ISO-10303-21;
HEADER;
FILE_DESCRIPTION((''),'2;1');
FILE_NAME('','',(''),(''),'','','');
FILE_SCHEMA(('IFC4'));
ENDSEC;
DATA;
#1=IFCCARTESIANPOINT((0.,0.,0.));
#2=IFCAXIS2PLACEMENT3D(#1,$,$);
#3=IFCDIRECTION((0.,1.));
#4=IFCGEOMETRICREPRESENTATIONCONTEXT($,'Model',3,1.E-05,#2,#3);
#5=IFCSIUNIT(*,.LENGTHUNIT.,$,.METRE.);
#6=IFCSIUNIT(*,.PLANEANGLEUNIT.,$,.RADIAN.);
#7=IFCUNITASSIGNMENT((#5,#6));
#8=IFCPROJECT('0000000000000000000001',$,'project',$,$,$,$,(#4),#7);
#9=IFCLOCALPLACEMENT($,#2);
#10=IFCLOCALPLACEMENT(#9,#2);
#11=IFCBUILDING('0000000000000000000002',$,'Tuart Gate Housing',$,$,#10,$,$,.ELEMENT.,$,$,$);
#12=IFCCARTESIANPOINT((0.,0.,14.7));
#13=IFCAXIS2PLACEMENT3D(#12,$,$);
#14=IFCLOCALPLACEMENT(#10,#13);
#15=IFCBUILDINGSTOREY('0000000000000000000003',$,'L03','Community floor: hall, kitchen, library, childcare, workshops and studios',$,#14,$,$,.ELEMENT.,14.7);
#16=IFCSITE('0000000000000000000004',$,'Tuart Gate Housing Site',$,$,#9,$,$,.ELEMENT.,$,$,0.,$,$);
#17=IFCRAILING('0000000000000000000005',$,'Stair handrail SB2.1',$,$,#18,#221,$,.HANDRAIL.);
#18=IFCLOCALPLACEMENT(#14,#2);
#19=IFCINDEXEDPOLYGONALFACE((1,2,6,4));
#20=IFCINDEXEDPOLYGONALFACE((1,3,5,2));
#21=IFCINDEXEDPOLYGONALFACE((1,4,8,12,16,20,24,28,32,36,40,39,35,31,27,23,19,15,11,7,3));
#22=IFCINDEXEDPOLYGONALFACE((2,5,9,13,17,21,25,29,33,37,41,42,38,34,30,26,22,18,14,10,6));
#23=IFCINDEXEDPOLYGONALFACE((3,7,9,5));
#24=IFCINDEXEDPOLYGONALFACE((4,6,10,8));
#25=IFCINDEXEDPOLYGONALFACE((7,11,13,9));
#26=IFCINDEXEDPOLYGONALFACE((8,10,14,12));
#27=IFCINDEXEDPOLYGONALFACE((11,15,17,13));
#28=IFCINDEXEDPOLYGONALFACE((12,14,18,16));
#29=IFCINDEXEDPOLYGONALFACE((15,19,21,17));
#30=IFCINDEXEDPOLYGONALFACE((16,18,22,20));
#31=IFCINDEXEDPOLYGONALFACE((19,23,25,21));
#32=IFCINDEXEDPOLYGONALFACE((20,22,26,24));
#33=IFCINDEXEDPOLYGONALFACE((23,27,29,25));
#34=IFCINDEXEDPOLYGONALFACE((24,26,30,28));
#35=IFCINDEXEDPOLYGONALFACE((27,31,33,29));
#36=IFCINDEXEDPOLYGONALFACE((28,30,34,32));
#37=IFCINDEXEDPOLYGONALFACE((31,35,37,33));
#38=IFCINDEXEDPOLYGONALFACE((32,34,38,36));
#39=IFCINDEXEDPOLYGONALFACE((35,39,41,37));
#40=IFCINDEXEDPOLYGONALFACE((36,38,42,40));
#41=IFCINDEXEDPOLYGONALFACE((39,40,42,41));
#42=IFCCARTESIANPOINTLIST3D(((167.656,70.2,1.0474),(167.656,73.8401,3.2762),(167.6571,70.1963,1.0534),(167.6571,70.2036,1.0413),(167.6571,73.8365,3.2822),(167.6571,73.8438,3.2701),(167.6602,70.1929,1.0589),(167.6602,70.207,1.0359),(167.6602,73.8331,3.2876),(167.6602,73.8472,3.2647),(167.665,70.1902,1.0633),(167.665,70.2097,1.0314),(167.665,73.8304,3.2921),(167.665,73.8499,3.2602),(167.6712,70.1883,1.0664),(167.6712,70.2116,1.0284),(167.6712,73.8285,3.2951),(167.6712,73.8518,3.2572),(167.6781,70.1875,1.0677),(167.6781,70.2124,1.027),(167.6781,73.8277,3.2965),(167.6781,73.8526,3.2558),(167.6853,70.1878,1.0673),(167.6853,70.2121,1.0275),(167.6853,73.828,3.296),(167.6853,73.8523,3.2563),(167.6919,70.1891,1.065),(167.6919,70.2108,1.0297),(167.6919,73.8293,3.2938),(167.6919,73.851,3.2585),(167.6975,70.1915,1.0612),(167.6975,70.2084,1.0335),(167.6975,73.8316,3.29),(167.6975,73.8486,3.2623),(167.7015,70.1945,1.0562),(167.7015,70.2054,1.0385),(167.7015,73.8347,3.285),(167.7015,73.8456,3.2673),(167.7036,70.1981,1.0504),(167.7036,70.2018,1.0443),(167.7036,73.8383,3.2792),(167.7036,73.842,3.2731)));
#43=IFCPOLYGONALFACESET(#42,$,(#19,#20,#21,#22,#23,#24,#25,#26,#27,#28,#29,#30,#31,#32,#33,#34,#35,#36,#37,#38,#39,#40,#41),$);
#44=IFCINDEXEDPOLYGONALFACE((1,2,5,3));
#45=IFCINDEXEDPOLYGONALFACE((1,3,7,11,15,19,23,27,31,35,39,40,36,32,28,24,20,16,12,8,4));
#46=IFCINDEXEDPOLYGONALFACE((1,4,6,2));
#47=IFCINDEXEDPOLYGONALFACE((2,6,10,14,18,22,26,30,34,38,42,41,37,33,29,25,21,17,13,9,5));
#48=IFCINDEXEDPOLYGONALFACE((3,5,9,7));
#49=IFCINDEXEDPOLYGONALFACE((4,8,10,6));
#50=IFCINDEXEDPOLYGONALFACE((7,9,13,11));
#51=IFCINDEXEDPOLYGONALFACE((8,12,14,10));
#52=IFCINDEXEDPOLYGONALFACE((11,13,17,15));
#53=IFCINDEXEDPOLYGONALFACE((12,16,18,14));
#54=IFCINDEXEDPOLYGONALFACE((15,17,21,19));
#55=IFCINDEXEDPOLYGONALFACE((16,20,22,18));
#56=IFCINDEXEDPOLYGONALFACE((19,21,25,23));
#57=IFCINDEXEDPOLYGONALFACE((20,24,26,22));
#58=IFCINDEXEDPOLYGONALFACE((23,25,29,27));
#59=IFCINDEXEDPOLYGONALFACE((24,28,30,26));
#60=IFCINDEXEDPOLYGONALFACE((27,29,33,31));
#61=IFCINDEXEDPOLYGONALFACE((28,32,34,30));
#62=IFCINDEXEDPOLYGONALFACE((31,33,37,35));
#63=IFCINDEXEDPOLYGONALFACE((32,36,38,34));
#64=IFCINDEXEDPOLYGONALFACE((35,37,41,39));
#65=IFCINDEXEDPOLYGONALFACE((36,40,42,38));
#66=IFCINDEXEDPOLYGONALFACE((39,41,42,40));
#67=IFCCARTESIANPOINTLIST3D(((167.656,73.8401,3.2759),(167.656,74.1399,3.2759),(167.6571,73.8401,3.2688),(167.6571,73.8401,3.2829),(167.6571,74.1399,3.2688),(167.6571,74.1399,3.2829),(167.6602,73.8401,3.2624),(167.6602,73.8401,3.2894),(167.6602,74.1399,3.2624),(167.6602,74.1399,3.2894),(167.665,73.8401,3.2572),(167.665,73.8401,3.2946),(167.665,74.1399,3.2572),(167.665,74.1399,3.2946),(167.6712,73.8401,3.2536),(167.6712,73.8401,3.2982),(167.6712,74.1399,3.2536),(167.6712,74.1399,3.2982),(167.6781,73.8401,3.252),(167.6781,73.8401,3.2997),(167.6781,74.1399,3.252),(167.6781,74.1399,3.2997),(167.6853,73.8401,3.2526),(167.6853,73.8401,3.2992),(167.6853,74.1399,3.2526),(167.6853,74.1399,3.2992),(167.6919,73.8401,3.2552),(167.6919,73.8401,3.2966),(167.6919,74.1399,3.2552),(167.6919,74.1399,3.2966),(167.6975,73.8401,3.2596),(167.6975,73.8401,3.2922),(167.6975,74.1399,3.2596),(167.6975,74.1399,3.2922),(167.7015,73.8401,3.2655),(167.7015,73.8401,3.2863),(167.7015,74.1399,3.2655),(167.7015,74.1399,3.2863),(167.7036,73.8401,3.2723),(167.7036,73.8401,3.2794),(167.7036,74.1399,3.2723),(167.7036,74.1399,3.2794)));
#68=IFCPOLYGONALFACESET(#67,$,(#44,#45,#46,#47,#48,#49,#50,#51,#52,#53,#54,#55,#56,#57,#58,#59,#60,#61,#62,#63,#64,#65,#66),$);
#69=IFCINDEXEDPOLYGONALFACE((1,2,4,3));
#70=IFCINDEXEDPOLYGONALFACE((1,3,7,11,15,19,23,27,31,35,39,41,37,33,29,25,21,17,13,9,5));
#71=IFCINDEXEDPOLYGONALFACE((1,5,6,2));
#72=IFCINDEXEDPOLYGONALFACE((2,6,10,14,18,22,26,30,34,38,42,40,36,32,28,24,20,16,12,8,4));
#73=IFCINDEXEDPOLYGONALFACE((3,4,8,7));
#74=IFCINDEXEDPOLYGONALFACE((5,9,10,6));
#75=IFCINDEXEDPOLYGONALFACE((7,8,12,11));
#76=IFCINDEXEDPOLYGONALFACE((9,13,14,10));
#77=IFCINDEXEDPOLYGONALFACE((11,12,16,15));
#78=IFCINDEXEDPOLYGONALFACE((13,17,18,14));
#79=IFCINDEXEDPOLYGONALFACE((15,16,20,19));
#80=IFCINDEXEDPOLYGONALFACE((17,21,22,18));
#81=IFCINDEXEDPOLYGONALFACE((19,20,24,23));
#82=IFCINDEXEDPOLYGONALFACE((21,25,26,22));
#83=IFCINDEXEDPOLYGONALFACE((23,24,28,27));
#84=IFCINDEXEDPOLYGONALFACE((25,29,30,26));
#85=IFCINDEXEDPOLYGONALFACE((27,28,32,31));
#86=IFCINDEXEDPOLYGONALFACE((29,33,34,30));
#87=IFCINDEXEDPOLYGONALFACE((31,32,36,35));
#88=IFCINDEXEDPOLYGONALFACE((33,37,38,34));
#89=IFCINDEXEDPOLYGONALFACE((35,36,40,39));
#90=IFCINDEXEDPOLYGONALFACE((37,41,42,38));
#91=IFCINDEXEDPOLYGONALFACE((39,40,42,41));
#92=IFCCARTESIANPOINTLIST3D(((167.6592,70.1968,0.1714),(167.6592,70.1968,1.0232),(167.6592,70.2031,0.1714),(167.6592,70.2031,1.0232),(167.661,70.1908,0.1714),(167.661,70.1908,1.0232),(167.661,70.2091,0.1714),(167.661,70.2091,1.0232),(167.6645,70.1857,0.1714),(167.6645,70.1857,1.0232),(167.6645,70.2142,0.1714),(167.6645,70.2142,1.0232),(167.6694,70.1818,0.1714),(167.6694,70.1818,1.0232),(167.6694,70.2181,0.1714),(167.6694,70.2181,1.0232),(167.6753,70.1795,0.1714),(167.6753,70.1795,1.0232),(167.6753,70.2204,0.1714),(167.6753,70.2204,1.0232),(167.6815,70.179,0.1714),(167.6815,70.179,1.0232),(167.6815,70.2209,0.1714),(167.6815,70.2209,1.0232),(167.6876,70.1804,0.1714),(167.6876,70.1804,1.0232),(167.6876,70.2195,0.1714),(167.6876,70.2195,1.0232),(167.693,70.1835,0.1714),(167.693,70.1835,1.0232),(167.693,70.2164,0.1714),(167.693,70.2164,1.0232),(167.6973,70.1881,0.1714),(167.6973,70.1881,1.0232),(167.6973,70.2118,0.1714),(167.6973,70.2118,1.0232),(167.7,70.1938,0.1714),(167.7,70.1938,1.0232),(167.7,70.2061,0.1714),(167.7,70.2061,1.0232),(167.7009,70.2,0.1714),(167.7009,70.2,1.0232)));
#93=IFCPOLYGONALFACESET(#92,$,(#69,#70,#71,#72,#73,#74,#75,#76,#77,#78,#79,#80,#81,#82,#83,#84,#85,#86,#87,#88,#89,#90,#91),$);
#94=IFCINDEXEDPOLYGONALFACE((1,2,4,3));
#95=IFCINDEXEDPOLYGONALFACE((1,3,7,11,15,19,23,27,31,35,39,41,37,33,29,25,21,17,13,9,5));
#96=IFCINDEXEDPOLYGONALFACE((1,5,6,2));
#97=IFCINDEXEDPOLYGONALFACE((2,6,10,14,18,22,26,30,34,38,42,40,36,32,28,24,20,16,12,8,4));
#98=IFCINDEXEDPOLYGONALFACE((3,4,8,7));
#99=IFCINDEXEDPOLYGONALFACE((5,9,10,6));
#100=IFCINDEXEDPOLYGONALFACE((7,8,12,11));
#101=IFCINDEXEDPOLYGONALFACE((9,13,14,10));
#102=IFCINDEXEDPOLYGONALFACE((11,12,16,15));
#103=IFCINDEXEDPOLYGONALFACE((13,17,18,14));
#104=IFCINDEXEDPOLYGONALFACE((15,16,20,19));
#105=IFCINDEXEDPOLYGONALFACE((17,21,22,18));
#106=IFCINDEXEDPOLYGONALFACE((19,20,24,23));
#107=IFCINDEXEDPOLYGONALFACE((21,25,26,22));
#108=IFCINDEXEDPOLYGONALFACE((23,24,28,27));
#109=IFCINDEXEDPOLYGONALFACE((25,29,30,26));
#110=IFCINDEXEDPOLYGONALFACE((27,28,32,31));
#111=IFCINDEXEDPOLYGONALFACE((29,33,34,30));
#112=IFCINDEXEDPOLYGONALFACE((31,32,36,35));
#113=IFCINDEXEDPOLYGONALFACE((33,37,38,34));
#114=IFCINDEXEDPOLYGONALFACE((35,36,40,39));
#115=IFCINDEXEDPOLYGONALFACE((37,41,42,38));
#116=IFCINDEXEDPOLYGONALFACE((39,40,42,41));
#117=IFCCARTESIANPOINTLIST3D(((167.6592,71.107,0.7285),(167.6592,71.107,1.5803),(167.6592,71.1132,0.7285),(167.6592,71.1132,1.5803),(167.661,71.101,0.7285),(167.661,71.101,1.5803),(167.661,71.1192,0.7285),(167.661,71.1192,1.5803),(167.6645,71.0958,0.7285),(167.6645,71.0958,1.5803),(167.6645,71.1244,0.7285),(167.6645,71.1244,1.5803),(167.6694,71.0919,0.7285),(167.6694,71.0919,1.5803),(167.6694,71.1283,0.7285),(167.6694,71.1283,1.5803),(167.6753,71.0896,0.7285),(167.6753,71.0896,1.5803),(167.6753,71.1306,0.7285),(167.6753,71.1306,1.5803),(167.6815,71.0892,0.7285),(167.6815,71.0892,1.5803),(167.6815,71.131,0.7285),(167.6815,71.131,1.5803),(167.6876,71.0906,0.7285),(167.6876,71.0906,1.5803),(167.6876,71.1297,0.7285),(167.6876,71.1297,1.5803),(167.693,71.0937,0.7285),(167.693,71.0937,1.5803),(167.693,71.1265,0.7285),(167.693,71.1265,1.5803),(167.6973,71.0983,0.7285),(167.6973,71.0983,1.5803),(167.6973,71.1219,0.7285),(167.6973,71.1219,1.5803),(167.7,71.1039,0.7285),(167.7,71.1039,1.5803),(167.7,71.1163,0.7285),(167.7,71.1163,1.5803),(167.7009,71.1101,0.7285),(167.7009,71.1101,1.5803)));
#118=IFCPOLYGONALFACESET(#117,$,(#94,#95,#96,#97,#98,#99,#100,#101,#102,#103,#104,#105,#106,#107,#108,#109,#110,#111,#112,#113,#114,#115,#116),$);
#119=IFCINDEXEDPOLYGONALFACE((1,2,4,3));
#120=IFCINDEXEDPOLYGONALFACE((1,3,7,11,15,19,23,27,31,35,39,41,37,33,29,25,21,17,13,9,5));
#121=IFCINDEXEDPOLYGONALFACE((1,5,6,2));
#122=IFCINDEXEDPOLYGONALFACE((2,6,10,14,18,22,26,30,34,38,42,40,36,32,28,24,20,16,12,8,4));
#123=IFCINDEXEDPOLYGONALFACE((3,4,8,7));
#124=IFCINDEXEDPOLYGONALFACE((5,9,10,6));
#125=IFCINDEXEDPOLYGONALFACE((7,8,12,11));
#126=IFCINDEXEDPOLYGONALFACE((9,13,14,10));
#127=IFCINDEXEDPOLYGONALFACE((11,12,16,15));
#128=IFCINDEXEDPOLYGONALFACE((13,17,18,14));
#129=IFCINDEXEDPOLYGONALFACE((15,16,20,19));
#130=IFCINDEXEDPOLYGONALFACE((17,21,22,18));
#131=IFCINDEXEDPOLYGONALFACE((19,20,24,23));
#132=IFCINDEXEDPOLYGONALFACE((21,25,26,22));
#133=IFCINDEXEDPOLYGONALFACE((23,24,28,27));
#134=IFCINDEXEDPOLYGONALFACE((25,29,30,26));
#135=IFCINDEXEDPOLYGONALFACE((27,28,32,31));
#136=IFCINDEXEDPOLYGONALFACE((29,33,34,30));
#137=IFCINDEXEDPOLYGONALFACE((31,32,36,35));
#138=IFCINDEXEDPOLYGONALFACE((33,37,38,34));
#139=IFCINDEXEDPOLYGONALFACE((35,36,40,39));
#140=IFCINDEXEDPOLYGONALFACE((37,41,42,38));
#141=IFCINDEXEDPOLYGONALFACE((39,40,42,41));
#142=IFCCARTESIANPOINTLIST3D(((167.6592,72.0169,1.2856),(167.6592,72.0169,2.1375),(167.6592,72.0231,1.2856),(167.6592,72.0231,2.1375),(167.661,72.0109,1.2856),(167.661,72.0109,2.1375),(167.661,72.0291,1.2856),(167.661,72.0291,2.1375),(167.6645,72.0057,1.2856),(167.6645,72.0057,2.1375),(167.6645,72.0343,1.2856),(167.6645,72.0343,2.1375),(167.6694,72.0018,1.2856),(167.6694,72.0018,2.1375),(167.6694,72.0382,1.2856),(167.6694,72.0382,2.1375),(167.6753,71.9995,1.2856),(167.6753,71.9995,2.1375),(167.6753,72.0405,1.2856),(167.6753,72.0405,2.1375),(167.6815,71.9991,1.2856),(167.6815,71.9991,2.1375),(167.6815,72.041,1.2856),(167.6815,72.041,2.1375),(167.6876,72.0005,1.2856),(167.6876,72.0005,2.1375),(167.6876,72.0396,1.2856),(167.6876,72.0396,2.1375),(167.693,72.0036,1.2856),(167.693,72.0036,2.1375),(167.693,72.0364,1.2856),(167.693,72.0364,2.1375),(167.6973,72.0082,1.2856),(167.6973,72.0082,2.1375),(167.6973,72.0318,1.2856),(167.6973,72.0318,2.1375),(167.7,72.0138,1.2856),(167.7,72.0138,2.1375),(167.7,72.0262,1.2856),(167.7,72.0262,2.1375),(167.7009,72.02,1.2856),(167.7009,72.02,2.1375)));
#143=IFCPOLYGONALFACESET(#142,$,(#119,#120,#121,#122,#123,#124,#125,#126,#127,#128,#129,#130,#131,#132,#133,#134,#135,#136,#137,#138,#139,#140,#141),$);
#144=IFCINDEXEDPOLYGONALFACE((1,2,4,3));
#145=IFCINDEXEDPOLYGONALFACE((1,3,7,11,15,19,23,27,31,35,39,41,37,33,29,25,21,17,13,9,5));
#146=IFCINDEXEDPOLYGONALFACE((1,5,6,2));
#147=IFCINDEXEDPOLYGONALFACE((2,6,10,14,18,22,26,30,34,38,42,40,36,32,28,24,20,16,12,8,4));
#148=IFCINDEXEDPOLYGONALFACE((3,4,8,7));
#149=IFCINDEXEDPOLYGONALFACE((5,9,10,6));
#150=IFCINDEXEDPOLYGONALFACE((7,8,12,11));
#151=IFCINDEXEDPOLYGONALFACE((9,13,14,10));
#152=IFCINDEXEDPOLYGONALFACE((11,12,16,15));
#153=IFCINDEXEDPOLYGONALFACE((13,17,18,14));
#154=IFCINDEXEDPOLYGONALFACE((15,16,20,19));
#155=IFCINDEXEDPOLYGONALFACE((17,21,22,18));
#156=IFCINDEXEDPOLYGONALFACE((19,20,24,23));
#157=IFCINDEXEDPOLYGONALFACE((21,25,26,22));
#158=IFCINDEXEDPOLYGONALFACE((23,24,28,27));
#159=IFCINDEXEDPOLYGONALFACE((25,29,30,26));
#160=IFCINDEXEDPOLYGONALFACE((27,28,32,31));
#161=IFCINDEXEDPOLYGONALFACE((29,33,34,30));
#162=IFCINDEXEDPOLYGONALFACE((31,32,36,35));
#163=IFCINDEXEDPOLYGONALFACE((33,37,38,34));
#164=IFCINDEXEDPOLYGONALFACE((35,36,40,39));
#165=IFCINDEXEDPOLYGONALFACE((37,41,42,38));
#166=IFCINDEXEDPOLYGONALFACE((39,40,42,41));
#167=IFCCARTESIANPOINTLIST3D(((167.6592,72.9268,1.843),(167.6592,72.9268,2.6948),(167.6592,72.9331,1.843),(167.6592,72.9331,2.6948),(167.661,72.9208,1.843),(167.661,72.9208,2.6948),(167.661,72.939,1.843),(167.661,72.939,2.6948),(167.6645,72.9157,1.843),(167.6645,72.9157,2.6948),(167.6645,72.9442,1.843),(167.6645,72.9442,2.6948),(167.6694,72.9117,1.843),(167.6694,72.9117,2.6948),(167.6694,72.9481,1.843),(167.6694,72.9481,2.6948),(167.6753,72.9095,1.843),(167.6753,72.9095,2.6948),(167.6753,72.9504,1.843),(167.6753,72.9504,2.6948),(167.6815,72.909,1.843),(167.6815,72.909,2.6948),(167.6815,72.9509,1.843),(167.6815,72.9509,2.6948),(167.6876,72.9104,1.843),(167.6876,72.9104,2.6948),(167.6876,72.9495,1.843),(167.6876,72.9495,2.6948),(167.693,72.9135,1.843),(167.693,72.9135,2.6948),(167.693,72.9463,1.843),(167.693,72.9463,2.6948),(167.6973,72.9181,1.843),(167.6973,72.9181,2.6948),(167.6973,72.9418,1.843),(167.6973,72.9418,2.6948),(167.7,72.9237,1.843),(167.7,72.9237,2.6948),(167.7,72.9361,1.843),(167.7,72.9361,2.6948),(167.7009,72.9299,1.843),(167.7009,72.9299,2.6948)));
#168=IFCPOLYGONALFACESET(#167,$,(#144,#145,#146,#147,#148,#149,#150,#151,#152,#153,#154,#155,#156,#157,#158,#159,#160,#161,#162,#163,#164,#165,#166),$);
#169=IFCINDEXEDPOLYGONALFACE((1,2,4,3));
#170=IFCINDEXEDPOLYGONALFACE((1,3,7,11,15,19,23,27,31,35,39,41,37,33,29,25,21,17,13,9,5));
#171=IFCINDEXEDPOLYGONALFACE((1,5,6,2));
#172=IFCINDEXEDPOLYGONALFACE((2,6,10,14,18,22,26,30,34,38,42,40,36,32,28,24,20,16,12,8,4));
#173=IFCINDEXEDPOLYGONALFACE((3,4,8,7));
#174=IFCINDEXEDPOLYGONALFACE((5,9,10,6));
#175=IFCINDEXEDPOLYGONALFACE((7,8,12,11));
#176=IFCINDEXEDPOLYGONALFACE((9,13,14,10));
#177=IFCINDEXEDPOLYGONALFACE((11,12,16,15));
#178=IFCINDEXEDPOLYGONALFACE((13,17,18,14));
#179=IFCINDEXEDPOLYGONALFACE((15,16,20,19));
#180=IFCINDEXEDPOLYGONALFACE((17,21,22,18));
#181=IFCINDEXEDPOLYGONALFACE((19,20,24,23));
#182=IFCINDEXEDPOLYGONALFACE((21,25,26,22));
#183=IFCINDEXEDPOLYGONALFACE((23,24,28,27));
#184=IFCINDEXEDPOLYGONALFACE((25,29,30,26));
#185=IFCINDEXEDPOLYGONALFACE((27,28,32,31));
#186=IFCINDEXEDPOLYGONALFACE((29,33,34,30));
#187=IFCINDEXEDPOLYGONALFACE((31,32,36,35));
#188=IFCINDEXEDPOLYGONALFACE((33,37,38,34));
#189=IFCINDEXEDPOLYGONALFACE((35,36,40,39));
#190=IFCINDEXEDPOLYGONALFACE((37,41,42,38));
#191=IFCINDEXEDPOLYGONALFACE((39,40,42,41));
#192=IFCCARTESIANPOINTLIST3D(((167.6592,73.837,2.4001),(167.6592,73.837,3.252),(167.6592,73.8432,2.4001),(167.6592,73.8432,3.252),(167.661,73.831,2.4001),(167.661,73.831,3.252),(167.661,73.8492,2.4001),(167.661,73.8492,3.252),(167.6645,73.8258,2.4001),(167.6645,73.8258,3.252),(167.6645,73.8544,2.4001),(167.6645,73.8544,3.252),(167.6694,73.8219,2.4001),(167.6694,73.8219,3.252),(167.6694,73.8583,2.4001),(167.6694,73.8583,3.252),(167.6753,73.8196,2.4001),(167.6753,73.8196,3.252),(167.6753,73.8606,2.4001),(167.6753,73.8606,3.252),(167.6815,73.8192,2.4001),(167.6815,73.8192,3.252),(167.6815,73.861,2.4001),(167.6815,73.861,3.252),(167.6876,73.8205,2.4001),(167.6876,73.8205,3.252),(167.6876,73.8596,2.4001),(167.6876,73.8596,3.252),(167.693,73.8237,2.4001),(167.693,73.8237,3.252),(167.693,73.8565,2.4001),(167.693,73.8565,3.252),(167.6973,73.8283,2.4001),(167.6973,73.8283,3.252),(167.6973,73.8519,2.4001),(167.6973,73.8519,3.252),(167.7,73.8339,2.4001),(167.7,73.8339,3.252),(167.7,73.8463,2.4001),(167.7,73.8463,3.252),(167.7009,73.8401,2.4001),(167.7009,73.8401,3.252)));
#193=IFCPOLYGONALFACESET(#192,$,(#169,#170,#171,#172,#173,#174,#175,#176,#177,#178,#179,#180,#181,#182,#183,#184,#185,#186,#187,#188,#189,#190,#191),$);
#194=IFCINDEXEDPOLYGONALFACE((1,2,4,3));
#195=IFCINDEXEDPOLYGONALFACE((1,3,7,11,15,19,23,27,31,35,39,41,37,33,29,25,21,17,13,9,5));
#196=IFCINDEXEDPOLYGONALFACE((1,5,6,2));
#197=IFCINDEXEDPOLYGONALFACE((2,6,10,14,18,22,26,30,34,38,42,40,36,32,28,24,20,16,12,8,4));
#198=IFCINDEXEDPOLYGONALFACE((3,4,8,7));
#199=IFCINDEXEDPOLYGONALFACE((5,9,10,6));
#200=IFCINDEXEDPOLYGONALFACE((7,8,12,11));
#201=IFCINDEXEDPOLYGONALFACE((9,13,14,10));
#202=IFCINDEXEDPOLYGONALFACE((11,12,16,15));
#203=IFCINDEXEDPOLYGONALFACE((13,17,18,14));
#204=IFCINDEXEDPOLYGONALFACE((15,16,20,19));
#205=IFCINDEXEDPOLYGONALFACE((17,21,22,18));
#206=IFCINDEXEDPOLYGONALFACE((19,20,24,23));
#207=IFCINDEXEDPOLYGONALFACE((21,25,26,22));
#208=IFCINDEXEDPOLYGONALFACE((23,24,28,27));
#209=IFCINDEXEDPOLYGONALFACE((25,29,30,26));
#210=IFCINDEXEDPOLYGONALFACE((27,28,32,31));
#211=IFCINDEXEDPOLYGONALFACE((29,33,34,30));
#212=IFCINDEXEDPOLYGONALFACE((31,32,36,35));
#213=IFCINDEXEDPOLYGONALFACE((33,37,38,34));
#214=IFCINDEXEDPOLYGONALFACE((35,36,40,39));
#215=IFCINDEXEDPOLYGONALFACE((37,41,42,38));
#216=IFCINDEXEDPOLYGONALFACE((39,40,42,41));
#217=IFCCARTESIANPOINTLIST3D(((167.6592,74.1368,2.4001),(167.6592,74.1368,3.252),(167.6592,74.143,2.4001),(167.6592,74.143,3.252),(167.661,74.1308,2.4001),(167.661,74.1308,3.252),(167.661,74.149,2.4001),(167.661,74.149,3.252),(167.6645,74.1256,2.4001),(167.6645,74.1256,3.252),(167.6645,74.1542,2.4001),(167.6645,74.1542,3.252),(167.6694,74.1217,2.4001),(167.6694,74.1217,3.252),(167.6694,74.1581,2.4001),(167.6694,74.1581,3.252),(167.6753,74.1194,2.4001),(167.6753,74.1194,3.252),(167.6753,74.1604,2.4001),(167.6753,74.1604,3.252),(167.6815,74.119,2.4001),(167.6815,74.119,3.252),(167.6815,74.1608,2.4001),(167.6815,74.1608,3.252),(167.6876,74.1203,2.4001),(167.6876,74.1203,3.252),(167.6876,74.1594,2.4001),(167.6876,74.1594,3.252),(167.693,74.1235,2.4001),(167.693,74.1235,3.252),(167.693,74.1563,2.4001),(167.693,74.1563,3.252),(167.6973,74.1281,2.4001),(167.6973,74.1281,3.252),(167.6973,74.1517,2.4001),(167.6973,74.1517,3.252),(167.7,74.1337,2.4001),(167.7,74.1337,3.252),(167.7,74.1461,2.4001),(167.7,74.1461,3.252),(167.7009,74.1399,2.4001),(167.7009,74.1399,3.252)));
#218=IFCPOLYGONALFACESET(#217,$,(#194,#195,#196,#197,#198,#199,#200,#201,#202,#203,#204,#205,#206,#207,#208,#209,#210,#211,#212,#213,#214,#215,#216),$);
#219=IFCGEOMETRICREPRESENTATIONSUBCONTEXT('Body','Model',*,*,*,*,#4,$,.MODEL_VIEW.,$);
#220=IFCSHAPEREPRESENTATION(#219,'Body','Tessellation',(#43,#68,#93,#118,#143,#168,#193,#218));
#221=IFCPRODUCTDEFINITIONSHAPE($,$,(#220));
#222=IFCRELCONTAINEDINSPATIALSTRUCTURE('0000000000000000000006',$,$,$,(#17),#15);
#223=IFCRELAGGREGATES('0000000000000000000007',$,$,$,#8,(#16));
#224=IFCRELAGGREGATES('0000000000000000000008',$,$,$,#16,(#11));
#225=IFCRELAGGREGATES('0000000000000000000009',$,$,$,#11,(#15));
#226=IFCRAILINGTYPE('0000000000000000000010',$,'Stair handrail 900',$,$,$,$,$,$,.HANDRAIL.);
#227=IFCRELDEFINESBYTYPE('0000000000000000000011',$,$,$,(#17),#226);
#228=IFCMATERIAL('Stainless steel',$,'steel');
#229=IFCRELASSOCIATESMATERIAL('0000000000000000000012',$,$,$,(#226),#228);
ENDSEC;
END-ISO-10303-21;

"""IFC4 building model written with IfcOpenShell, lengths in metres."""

from ifc_helpers import new_model, si_unit, direction, frame, origin, origin_2d, place, context, subcontext, project, spatial, circle, extrude, material, type_object, element, save


model = new_model("IFC4")

# Units and contexts
model_context = context("Model", 3, precision=1e-05, world=origin(), true_north=direction((0.0, 1.0)))
body_context = subcontext(model_context, "Body", "Model", "MODEL_VIEW")
ifc_project = project(units=[si_unit("LENGTHUNIT", "METRE"), si_unit("PLANEANGLEUNIT", "RADIAN")], contexts=[model_context])

# Site, building, storey
site_placement = place(None, origin())
site = spatial("IfcSite", under=ifc_project, at=site_placement, Name="Tuart Gate Housing Site", CompositionType="ELEMENT", RefElevation=0.0)
building_placement = place(site_placement, origin())
building = spatial("IfcBuilding", under=site, at=building_placement, Name="Tuart Gate Housing", CompositionType="ELEMENT")
storey_placement = place(building_placement, frame((0.0, 0.0, 14.7)))
storey = spatial("IfcBuildingStorey", under=building, at=storey_placement, Name="L03", Description="Community floor: hall, kitchen, library, childcare, workshops and studios", CompositionType="ELEMENT", Elevation=14.7)

# Railing
ifc_material_1 = material(Name="Stainless steel", Category="steel")
railing_type = type_object("IfcRailingType", Name="Stair handrail 900", PredefinedType="HANDRAIL", material=ifc_material_1)
railing_placement = place(storey_placement, frame((167.6799, 70.2, 0.1714)))
element("IfcRailing", 1, at=railing_placement, inside=storey, type_object=railing_type, Name="Stair handrail SB2.1", PredefinedType="HANDRAIL", context=body_context, shape_type="SweptSolid", body=[
    extrude(circle(Radius=0.0239, at=origin_2d()), frame((0.0, 0.0, 0.876), z_axis=(0.0, 0.85284, 0.522172), x_axis=(-1.0, 0.0, 0.0)), (0.0, 0.0, 1.0), 4.2683),
    extrude(circle(Radius=0.0239, at=origin_2d()), frame((0.0, 3.6401, 3.1045), z_axis=(0.0, 1.0, 0.0), x_axis=(-1.0, 0.0, 0.0)), (0.0, 0.0, 1.0), 0.2998),
    extrude(circle(Radius=0.021, at=origin_2d()), origin(), (0.0, 0.0, 1.0), 0.8518),
    extrude(circle(Radius=0.021, at=origin_2d()), frame((0.0, 0.9102, 0.5571)), (0.0, 0.0, 1.0), 0.8518),
    extrude(circle(Radius=0.021, at=origin_2d()), frame((0.0, 1.8201, 1.1143)), (0.0, 0.0, 1.0), 0.8518),
    extrude(circle(Radius=0.021, at=origin_2d()), frame((0.0, 2.73, 1.6716)), (0.0, 0.0, 1.0), 0.8518),
    extrude(circle(Radius=0.021, at=origin_2d()), frame((0.0, 3.6401, 2.2288)), (0.0, 0.0, 1.0), 0.8518),
    extrude(circle(Radius=0.021, at=origin_2d()), frame((0.0, 3.9399, 2.2288)), (0.0, 0.0, 1.0), 0.8518),
])

save(model, "model.ifc")
